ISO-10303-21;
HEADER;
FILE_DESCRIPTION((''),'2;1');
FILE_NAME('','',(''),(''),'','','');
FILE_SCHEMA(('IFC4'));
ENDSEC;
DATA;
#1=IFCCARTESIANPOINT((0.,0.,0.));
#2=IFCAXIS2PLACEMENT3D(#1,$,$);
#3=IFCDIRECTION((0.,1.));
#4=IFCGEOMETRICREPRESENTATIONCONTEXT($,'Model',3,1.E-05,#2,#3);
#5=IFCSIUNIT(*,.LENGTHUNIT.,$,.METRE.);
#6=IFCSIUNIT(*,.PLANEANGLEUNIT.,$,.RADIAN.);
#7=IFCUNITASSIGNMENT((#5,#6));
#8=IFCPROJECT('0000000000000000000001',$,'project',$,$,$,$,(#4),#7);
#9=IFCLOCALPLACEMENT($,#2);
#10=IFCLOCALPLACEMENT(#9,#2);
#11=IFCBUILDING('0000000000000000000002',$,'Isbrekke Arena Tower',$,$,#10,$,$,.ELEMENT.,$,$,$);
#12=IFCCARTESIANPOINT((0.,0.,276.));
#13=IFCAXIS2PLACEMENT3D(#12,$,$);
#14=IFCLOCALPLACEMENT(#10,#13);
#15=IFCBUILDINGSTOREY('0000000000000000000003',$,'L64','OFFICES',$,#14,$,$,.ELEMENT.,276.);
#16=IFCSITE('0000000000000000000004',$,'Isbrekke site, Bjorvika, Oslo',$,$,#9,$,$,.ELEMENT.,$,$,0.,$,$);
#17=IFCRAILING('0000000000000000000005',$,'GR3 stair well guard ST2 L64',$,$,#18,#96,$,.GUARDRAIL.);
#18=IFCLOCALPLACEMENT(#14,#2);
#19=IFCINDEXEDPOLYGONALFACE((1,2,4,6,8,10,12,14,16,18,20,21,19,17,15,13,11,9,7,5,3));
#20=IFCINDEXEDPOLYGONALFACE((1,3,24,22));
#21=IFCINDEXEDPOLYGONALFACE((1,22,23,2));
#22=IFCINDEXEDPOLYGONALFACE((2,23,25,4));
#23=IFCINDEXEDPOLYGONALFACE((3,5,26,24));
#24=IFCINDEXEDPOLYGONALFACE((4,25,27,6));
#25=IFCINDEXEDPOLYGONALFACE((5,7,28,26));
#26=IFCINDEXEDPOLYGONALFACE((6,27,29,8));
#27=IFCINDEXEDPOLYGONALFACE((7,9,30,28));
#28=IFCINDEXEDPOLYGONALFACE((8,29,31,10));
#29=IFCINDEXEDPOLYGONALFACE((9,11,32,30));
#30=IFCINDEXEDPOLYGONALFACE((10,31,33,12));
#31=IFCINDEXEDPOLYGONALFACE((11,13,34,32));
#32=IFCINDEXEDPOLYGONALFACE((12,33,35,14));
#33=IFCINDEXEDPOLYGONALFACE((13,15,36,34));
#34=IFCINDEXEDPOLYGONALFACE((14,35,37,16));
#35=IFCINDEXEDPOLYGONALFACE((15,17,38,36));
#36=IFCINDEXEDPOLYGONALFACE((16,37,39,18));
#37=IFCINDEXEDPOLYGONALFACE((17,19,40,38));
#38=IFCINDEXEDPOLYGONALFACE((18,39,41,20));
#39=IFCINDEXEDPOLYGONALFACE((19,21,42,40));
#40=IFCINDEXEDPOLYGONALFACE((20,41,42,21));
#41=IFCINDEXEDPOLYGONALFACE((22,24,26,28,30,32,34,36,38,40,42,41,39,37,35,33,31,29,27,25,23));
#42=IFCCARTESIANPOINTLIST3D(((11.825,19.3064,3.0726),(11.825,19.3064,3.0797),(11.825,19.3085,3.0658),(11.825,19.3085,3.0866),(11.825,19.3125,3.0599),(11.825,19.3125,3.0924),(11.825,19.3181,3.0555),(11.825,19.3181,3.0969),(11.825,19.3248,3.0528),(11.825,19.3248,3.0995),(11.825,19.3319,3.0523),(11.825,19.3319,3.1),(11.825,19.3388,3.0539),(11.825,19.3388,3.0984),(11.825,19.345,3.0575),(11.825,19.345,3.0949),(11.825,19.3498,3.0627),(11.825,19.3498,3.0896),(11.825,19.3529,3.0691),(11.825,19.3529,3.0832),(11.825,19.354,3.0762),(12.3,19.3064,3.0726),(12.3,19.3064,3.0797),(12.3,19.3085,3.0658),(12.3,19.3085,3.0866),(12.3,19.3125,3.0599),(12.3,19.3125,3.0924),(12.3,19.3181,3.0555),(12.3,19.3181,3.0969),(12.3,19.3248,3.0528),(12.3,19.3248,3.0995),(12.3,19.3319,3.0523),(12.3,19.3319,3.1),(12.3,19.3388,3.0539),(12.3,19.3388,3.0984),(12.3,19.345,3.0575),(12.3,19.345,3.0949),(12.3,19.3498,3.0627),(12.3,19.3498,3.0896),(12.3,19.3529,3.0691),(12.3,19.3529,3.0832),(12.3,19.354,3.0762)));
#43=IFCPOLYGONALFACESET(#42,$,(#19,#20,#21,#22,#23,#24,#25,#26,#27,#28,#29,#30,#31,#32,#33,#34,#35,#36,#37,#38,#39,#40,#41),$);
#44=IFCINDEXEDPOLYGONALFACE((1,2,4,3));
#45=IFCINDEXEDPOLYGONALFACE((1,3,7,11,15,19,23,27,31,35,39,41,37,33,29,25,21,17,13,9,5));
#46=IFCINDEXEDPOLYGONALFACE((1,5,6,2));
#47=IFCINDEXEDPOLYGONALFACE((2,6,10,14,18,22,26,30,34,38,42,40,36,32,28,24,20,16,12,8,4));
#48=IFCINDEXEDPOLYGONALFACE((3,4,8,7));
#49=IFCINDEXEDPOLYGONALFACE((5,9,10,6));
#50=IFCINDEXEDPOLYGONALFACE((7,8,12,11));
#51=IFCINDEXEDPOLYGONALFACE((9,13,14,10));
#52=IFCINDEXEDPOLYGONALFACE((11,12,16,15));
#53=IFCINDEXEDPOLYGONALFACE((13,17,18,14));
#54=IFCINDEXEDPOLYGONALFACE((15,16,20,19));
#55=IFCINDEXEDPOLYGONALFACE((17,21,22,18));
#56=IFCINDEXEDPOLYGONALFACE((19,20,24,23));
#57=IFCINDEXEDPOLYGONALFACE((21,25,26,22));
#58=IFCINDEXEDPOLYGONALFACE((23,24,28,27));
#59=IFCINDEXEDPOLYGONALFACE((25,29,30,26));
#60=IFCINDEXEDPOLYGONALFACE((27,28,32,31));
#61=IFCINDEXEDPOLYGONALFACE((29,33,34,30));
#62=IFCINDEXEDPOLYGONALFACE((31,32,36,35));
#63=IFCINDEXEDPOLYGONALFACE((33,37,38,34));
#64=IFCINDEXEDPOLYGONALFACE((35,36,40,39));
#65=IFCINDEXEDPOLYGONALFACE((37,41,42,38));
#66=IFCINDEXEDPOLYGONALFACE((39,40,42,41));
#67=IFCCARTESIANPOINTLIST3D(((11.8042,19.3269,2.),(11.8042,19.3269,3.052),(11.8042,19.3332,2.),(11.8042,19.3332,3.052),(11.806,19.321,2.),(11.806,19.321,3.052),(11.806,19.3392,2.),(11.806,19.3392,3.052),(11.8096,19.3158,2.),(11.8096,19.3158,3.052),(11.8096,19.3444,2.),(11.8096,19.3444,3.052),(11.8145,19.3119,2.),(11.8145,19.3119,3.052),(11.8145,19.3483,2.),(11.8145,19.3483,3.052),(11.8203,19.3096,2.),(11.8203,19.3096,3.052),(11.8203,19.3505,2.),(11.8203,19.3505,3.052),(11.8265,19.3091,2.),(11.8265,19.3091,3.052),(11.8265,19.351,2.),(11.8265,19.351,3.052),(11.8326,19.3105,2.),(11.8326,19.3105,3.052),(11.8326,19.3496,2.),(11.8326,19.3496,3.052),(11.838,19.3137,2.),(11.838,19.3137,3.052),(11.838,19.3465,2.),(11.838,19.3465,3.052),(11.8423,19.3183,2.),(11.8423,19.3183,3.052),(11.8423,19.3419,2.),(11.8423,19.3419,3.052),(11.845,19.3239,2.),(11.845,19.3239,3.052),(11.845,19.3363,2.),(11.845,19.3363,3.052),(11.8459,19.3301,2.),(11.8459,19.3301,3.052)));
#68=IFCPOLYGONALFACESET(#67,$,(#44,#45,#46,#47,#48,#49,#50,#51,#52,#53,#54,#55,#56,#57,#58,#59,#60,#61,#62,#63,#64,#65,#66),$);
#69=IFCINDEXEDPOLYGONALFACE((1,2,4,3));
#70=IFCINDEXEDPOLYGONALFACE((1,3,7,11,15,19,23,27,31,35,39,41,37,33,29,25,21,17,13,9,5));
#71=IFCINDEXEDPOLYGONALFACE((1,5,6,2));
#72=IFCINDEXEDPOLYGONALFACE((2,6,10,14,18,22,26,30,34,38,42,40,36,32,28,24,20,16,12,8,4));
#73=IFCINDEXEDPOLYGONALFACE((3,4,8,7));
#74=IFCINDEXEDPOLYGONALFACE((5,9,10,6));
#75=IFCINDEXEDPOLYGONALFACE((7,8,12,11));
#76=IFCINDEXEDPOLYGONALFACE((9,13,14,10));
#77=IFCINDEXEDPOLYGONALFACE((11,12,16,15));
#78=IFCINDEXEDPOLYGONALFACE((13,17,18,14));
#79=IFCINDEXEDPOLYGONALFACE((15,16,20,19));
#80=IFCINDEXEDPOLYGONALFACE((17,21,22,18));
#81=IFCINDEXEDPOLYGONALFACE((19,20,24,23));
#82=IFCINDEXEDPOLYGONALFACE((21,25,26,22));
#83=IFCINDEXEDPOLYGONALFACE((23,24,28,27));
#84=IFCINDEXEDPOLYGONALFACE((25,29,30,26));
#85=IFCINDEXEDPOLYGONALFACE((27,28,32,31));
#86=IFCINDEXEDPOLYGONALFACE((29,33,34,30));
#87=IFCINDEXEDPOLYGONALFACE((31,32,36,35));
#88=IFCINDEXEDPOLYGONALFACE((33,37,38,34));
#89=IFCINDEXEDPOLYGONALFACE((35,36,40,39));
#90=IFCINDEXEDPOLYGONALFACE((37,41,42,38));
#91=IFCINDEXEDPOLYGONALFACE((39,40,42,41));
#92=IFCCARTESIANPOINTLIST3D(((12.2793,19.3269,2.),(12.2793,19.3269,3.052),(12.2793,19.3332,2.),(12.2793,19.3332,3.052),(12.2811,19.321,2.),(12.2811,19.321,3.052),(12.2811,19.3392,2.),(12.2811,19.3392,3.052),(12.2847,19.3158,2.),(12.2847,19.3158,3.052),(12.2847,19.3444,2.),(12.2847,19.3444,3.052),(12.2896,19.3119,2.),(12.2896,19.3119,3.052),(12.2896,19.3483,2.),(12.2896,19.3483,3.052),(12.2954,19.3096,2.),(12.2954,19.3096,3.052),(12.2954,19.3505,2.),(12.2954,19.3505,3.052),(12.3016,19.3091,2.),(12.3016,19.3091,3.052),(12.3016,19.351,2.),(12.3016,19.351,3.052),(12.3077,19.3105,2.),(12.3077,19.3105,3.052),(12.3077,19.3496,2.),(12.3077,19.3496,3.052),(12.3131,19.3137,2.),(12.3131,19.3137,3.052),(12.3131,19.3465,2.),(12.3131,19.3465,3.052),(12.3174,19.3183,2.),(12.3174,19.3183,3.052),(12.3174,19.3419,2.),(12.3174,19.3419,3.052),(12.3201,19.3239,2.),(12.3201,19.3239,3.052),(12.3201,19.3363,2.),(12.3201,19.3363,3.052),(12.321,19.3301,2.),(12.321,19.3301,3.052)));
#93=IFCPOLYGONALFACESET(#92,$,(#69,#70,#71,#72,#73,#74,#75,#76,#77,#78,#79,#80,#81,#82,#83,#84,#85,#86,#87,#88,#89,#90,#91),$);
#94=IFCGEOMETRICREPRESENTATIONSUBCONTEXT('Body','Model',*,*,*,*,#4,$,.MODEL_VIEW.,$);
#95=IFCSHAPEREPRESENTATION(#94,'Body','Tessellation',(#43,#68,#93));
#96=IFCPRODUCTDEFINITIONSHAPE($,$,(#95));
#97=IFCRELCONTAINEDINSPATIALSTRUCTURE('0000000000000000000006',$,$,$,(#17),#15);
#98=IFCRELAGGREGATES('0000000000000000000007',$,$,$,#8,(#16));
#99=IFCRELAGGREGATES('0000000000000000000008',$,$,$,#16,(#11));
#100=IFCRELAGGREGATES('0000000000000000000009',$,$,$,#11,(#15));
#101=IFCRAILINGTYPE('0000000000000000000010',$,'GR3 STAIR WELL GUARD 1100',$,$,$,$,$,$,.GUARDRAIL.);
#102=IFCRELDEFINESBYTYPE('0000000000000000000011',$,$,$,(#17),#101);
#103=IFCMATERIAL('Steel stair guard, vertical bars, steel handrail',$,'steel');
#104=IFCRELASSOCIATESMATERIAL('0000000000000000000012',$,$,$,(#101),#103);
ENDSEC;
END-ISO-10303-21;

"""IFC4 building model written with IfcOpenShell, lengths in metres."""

from ifc_helpers import new_model, si_unit, direction, frame, origin, origin_2d, place, context, subcontext, project, spatial, circle, extrude, material, type_object, element, save


model = new_model("IFC4")

# Units and contexts
model_context = context("Model", 3, precision=1e-05, world=origin(), true_north=direction((0.0, 1.0)))
body_context = subcontext(model_context, "Body", "Model", "MODEL_VIEW")
ifc_project = project(units=[si_unit("LENGTHUNIT", "METRE"), si_unit("PLANEANGLEUNIT", "RADIAN")], contexts=[model_context])

# Site, building, storey
site_placement = place(None, origin())
site = spatial("IfcSite", under=ifc_project, at=site_placement, Name="Isbrekke site, Bjorvika, Oslo", CompositionType="ELEMENT", RefElevation=0.0)
building_placement = place(site_placement, origin())
building = spatial("IfcBuilding", under=site, at=building_placement, Name="Isbrekke Arena Tower", CompositionType="ELEMENT")
storey_placement = place(building_placement, frame((0.0, 0.0, 276.0)))
storey = spatial("IfcBuildingStorey", under=building, at=storey_placement, Name="L64", Description="OFFICES", CompositionType="ELEMENT", Elevation=276.0)

# Railing
ifc_material_1 = material(Name="Steel stair guard, vertical bars, steel handrail", Category="steel")
railing_type = type_object("IfcRailingType", Name="GR3 STAIR WELL GUARD 1100", PredefinedType="GUARDRAIL", material=ifc_material_1)
for number, where, name in (
    (1, (11.825, 19.3301, 2.0), "GR3 stair well guard ST2 L64"),
):
    element("IfcRailing", number, at=place(storey_placement, frame(where)), inside=storey, type_object=railing_type, Name=name, PredefinedType="GUARDRAIL", context=body_context, shape_type="SweptSolid", body=[
        extrude(circle(Radius=0.0239, at=origin_2d()), frame((0.0, 0.0, 1.0762), z_axis=(1.0, 0.0, 0.0), x_axis=(0.0, 1.0, 0.0)), (0.0, 0.0, 1.0), 0.4751),
        extrude(circle(Radius=0.021, at=origin_2d()), origin(), (0.0, 0.0, 1.0), 1.052),
        extrude(circle(Radius=0.021, at=origin_2d()), frame((0.4751, 0.0, 0.0)), (0.0, 0.0, 1.0), 1.052),
    ])

save(model, "model.ifc")
